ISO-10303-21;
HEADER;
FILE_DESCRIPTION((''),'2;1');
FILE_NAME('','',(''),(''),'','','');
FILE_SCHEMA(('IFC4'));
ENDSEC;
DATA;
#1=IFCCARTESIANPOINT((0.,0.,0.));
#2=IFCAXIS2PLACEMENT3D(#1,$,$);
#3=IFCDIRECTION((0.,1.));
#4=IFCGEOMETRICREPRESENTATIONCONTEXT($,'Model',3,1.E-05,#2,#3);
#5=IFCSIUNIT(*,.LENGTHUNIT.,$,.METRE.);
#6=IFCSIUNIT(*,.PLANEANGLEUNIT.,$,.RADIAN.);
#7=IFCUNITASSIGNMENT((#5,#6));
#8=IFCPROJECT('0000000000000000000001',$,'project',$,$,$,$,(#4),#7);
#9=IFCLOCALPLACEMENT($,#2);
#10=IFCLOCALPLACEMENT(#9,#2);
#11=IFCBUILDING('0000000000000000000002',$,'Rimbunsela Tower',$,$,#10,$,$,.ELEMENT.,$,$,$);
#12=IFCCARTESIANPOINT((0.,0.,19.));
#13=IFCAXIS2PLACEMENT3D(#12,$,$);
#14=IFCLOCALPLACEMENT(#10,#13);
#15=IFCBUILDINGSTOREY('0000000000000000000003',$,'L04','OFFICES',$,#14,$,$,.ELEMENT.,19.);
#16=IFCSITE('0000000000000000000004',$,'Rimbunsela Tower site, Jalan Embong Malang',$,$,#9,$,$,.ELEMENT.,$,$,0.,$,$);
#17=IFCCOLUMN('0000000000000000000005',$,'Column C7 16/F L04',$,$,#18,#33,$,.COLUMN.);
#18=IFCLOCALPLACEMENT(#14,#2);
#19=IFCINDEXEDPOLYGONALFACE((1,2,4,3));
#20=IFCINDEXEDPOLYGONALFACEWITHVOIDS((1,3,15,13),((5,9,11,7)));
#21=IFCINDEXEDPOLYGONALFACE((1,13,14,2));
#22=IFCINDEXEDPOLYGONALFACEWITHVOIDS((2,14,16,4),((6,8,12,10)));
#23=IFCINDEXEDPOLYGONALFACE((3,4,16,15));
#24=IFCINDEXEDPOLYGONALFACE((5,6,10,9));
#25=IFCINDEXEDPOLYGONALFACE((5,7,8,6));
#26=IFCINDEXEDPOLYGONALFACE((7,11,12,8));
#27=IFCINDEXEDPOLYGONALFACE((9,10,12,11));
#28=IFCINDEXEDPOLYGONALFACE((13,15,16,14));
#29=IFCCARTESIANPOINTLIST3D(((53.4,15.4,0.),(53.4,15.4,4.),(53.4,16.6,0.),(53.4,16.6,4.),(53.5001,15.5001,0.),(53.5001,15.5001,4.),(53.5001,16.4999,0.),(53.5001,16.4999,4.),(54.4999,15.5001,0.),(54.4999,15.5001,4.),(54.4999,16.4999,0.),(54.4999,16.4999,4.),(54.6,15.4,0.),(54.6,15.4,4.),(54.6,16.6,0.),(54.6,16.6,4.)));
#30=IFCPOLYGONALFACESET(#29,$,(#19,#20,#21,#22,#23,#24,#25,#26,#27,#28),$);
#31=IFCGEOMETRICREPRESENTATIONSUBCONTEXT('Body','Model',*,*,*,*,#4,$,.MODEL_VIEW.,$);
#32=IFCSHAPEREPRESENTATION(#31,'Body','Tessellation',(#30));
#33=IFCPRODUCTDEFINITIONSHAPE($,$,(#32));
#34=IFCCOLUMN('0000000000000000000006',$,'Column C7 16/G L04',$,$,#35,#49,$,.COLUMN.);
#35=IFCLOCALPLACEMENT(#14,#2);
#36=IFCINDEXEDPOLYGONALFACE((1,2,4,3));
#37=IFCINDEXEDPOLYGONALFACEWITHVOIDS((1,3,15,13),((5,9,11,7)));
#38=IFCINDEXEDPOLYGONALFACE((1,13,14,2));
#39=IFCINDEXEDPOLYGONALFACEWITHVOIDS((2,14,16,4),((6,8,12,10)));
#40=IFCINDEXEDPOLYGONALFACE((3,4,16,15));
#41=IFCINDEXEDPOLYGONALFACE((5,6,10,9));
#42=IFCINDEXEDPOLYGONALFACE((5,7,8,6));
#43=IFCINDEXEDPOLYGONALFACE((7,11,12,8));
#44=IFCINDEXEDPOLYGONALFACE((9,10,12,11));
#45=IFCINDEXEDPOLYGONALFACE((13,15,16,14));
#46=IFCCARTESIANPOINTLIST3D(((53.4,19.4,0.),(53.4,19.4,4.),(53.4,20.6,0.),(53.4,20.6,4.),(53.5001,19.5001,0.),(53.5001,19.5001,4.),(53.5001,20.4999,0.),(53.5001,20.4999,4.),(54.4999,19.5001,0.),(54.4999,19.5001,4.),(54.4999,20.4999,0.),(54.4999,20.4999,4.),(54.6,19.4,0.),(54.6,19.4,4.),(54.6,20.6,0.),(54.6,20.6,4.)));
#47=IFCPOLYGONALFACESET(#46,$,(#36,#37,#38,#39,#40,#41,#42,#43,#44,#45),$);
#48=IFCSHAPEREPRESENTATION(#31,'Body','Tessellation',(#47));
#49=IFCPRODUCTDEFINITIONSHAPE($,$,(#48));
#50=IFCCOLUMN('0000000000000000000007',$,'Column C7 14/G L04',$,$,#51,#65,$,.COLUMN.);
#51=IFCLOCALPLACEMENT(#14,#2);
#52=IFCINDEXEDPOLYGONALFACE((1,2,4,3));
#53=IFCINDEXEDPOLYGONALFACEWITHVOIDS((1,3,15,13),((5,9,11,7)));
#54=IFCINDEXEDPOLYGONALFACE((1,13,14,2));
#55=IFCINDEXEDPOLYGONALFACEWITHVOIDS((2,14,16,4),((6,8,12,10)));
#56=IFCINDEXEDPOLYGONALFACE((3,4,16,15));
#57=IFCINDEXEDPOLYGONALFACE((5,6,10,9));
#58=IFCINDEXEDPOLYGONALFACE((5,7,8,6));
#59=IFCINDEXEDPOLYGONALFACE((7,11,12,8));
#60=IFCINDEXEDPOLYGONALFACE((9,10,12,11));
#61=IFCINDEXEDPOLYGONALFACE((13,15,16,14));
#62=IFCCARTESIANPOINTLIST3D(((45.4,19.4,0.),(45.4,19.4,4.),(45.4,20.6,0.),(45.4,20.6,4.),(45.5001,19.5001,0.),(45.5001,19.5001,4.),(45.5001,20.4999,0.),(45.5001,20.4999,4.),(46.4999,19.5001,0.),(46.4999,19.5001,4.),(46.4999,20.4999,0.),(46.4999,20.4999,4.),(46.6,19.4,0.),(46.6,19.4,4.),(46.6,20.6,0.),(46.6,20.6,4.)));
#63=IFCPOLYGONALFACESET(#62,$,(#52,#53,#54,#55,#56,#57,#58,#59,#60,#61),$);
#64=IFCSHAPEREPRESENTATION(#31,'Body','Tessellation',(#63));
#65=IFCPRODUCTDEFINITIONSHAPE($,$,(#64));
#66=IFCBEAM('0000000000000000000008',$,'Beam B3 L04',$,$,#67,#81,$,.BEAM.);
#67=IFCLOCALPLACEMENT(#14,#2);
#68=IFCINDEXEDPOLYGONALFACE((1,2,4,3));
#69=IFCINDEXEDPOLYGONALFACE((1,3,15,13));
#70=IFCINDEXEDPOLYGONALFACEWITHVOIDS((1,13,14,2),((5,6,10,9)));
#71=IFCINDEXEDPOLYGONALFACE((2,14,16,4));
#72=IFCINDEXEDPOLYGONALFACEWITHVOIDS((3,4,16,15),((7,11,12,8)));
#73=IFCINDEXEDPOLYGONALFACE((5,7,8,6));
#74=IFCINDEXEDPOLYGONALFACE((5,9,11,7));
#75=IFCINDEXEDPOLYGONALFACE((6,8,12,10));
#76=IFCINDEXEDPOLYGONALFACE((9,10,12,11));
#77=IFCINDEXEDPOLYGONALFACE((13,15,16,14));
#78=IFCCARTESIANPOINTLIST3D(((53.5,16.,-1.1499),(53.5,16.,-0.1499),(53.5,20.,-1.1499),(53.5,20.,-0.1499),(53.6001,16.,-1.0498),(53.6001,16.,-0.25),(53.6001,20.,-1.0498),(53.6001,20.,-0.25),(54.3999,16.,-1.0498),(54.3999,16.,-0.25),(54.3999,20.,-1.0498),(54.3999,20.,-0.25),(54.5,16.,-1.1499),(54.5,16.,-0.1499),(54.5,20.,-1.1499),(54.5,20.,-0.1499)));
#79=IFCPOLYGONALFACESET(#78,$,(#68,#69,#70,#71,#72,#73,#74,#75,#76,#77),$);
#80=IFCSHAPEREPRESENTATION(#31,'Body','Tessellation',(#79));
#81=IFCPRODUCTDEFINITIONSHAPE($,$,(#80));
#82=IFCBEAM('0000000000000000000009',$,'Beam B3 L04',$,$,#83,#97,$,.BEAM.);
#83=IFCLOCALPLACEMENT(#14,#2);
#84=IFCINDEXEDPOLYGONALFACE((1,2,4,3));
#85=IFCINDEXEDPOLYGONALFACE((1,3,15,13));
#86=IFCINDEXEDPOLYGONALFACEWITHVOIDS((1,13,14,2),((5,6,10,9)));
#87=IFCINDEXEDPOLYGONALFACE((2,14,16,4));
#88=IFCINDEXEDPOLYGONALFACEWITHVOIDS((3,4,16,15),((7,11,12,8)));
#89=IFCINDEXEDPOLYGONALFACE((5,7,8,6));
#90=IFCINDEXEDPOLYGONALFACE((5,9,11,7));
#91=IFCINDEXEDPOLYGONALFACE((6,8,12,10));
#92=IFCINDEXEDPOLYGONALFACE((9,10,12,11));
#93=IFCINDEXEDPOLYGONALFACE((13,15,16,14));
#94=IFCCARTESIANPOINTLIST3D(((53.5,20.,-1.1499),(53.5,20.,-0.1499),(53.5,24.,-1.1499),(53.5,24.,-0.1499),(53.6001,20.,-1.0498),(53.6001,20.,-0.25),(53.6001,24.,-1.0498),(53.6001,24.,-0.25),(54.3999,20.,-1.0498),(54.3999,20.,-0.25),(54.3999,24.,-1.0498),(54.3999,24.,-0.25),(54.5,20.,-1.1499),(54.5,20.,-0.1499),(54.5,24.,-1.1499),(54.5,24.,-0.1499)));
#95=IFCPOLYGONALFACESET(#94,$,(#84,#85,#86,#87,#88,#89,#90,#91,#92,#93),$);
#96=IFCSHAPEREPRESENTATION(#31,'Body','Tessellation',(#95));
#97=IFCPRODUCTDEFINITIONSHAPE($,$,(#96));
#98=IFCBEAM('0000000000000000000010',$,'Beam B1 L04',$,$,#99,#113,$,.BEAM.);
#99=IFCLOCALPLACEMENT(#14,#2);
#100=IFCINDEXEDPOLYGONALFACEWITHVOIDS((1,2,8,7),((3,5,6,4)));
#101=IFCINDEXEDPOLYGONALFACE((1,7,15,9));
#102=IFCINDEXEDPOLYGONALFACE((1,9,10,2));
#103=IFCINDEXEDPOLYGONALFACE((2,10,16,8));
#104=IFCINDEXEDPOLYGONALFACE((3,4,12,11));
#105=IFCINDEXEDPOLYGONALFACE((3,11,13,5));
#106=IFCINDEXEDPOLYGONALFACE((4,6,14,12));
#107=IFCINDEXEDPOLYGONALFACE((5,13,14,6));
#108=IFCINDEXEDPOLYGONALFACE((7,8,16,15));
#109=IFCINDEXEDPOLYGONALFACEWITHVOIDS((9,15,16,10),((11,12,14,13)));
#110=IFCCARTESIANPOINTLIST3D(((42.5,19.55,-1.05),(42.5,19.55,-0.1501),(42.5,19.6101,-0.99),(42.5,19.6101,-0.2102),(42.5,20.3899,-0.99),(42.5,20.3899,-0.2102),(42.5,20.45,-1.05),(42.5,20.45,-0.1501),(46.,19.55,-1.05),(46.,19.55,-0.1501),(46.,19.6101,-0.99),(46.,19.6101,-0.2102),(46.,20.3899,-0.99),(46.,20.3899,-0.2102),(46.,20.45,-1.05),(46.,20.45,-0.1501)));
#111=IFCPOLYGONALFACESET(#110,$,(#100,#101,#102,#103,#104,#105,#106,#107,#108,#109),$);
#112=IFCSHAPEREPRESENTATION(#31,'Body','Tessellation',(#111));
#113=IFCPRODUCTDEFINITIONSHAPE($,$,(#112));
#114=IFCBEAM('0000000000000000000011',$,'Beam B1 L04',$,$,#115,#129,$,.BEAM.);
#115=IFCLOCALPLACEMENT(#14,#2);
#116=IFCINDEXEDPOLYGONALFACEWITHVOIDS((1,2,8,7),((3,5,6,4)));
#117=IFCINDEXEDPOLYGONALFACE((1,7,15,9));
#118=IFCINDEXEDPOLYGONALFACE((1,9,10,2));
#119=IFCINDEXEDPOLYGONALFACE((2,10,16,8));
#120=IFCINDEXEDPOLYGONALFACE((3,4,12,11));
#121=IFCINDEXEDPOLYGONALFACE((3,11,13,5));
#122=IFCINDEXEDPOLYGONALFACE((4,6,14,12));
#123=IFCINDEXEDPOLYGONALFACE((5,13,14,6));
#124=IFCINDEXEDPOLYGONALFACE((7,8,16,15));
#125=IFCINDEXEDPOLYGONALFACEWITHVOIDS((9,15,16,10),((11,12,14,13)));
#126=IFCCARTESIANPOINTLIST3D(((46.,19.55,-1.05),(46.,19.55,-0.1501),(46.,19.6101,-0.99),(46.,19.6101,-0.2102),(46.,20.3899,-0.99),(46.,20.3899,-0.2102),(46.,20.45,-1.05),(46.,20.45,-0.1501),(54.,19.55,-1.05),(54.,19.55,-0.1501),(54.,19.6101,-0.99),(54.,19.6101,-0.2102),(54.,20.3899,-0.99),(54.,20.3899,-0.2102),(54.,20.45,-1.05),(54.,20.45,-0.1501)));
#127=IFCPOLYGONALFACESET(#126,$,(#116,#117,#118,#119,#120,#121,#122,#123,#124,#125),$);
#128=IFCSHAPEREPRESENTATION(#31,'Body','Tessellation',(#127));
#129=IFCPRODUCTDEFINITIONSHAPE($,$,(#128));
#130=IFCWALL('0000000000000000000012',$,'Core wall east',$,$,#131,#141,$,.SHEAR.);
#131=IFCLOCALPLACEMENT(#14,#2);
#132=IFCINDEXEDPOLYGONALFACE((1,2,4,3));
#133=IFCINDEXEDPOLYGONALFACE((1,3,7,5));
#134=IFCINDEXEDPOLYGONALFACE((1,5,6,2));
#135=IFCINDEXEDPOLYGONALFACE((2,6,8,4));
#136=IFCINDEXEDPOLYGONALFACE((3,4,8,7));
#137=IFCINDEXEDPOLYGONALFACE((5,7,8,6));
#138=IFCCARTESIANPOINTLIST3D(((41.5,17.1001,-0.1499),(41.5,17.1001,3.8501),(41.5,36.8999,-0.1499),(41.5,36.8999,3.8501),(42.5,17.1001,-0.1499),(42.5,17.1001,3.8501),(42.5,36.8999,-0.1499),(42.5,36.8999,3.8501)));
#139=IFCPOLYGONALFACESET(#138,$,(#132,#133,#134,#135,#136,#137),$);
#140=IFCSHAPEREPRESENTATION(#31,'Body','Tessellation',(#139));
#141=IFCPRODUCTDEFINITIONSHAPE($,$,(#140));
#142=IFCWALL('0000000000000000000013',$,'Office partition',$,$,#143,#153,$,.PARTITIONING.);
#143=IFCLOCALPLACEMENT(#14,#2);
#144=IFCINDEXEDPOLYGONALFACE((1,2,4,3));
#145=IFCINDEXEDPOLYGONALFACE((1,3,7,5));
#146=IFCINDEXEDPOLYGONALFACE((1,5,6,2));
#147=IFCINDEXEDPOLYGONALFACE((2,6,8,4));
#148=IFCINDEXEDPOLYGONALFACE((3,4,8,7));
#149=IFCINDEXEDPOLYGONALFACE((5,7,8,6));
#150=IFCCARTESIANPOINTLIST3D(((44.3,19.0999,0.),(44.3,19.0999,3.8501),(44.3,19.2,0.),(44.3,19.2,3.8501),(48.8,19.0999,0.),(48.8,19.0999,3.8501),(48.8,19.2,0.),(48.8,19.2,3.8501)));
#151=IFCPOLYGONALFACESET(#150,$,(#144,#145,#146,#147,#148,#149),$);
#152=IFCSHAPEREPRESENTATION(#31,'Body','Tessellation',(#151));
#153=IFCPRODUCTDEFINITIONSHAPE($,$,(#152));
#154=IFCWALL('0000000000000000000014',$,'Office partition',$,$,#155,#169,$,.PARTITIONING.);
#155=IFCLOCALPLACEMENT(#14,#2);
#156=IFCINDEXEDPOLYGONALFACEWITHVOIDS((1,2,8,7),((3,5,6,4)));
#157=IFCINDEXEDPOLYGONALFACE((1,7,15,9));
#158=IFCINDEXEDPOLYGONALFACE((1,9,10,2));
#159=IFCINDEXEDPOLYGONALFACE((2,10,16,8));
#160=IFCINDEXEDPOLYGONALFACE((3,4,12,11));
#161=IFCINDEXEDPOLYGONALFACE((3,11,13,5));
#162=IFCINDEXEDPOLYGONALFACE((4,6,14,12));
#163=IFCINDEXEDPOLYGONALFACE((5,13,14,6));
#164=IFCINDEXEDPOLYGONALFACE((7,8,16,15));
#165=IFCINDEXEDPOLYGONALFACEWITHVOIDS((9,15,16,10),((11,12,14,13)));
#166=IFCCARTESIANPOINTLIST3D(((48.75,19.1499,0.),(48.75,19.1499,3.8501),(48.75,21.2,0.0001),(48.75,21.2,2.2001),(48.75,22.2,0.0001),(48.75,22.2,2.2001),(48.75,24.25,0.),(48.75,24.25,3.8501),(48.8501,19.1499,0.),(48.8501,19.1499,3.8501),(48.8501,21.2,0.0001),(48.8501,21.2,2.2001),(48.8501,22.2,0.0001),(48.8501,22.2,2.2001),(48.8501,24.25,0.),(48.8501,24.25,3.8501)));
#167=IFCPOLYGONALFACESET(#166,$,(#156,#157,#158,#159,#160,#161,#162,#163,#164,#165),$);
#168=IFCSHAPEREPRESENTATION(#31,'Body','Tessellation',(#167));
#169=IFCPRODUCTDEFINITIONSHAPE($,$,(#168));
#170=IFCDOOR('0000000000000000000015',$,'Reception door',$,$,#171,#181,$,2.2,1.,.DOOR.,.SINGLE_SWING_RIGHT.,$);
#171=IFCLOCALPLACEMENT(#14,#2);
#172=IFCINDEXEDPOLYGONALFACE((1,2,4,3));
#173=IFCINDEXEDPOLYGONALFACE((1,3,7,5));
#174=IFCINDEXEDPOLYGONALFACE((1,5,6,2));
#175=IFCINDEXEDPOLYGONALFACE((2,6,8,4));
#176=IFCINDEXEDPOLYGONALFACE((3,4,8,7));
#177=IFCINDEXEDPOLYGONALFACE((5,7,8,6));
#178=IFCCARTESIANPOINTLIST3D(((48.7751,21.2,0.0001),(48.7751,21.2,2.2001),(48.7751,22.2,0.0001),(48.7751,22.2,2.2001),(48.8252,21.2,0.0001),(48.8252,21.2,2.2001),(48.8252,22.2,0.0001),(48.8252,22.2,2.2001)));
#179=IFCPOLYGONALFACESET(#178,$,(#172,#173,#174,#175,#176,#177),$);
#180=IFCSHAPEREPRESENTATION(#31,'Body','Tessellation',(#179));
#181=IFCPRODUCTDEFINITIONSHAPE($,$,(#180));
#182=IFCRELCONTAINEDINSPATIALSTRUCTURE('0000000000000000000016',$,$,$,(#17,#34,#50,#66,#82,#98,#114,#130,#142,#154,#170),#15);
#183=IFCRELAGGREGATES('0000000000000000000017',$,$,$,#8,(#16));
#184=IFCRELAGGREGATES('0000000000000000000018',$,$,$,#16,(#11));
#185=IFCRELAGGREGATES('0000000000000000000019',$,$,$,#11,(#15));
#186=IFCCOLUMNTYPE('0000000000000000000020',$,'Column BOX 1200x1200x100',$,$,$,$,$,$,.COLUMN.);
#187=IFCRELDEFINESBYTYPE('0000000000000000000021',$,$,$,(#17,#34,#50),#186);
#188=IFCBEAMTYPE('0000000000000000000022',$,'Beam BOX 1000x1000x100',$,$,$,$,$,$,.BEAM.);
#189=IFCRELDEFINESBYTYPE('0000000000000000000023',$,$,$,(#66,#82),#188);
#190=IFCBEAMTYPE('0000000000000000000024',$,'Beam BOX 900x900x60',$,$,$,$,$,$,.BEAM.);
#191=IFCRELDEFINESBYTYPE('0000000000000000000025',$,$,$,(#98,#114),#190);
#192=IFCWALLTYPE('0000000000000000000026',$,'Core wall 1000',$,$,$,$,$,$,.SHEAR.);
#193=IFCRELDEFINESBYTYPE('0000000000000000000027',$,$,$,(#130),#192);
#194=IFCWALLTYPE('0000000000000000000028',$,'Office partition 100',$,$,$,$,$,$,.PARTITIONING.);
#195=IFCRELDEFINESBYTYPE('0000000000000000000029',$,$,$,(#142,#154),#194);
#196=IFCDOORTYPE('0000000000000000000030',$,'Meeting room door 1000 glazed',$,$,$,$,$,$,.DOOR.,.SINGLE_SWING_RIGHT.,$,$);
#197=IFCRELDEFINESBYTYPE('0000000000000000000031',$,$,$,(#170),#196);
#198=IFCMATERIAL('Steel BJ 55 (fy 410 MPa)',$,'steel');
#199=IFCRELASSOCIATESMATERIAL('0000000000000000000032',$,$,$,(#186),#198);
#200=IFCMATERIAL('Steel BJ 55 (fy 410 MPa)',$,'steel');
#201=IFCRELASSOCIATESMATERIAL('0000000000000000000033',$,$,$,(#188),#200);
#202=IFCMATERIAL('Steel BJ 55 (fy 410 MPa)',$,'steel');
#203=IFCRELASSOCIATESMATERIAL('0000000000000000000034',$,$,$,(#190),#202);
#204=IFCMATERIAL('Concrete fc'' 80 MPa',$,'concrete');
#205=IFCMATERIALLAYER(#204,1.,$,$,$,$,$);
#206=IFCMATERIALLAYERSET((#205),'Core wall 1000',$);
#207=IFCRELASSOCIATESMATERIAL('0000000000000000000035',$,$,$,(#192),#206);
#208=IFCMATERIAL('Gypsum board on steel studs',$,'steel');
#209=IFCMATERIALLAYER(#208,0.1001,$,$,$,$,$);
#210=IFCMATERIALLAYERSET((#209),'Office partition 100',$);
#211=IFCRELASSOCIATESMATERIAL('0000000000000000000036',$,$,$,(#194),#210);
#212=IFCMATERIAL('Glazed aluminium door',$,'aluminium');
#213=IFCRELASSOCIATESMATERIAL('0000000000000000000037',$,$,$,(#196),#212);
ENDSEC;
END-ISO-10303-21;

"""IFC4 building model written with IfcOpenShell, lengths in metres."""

from ifc_helpers import new_model, si_unit, direction, frame, frame_2d, origin, origin_2d, place, context, subcontext, project, spatial, rectangle, hollow_rectangle, extrude, material, layer, layer_set, material_profile, profile_set, type_object, element, fill, save


model = new_model("IFC4")

# Units and contexts
model_context = context("Model", 3, precision=1e-05, world=origin(), true_north=direction((0.0, 1.0)))
body_context = subcontext(model_context, "Body", "Model", "MODEL_VIEW")
ifc_project = project(units=[si_unit("LENGTHUNIT", "METRE"), si_unit("PLANEANGLEUNIT", "RADIAN")], contexts=[model_context])

# Site, building, storey
site_placement = place(None, origin())
site = spatial("IfcSite", under=ifc_project, at=site_placement, Name="Rimbunsela Tower site, Jalan Embong Malang", CompositionType="ELEMENT", RefElevation=0.0)
building_placement = place(site_placement, origin())
building = spatial("IfcBuilding", under=site, at=building_placement, Name="Rimbunsela Tower", CompositionType="ELEMENT")
storey_placement = place(building_placement, frame((0.0, 0.0, 19.0)))
storey = spatial("IfcBuildingStorey", under=building, at=storey_placement, Name="L04", Description="OFFICES", CompositionType="ELEMENT", Elevation=19.0)

# Columns
ifc_material_1 = material(Name="Steel BJ 55 (fy 410 MPa)", Category="steel")
ifc_material_profile_1 = material_profile(ifc_material_1, hollow_rectangle(XDim=1.2, YDim=1.2, WallThickness=0.1001, at=origin_2d()), Name="BOX 1200x1200x100")
ifc_profile_set_1 = profile_set([ifc_material_profile_1], Name="Steel BJ 55 (fy 410 MPa)")
column_type = type_object("IfcColumnType", Name="Column BOX 1200x1200x100", PredefinedType="COLUMN", material=ifc_profile_set_1)
for number, where, z_axis, x_axis, name in (
    (1, (54.0, 16.0, 0.0), (0.0, 0.0, 1.0), (1.0, 0.0, 0.0), "Column C7 16/F L04"),
    (2, (54.0, 20.0, 0.0), (0.0, 0.0, 1.0), (1.0, 0.0, 0.0), "Column C7 16/G L04"),
    (3, (46.0, 20.0, 0.0), (0.0, 0.0, 1.0), (1.0, 0.0, 0.0), "Column C7 14/G L04"),
):
    element("IfcColumn", number, at=place(storey_placement, frame(where, z_axis=z_axis, x_axis=x_axis)), inside=storey, type_object=column_type, Name=name, PredefinedType="COLUMN", context=body_context, shape_type="SweptSolid", body=[
        extrude(hollow_rectangle(XDim=1.2, YDim=1.2, WallThickness=0.1001, at=origin_2d()), origin(), (0.0, 0.0, 1.0), 4.0),
    ])

# Beams
ifc_material_2 = material(Name="Steel BJ 55 (fy 410 MPa)", Category="steel")
ifc_material_profile_2 = material_profile(ifc_material_2, hollow_rectangle(XDim=1.0, YDim=1.0, WallThickness=0.1001, at=origin_2d()), Name="BOX 1000x1000x100")
ifc_profile_set_2 = profile_set([ifc_material_profile_2], Name="Steel BJ 55 (fy 410 MPa)")
beam_type_1 = type_object("IfcBeamType", Name="Beam BOX 1000x1000x100", PredefinedType="BEAM", material=ifc_profile_set_2)
for number, where, z_axis, x_axis, name in (
    (4, (54.0, 16.0, -0.6499), (0.0, 1.0, 0.0), (-1.0, 0.0, 0.0), "Beam B3 L04"),
    (5, (54.0, 20.0, -0.6499), (0.0, 1.0, 0.0), (-1.0, 0.0, 0.0), "Beam B3 L04"),
):
    element("IfcBeam", number, at=place(storey_placement, frame(where, z_axis=z_axis, x_axis=x_axis)), inside=storey, type_object=beam_type_1, Name=name, PredefinedType="BEAM", context=body_context, shape_type="SweptSolid", body=[
        extrude(hollow_rectangle(XDim=1.0, YDim=1.0, WallThickness=0.1001, at=origin_2d()), origin(), (0.0, 0.0, 1.0), 4.0),
    ])
ifc_material_3 = material(Name="Steel BJ 55 (fy 410 MPa)", Category="steel")
ifc_material_profile_3 = material_profile(ifc_material_3, hollow_rectangle(XDim=0.8999, YDim=0.8999, WallThickness=0.0601, at=origin_2d()), Name="BOX 900x900x60")
ifc_profile_set_3 = profile_set([ifc_material_profile_3], Name="Steel BJ 55 (fy 410 MPa)")
beam_type_2 = type_object("IfcBeamType", Name="Beam BOX 900x900x60", PredefinedType="BEAM", material=ifc_profile_set_3)
beam_1_placement = place(storey_placement, frame((42.5, 20.0, -0.6001), z_axis=(1.0, 0.0, 0.0), x_axis=(0.0, 1.0, 0.0)))
element("IfcBeam", 6, at=beam_1_placement, inside=storey, type_object=beam_type_2, Name="Beam B1 L04", PredefinedType="BEAM", context=body_context, shape_type="SweptSolid", body=[
    extrude(hollow_rectangle(XDim=0.8999, YDim=0.8999, WallThickness=0.0601, at=origin_2d()), origin(), (0.0, 0.0, 1.0), 3.5),
])
beam_2_placement = place(storey_placement, frame((46.0, 20.0, -0.6001), z_axis=(1.0, 0.0, 0.0), x_axis=(0.0, 1.0, 0.0)))
element("IfcBeam", 7, at=beam_2_placement, inside=storey, type_object=beam_type_2, Name="Beam B1 L04", PredefinedType="BEAM", context=body_context, shape_type="SweptSolid", body=[
    extrude(hollow_rectangle(XDim=0.8999, YDim=0.8999, WallThickness=0.0601, at=origin_2d()), origin(), (0.0, 0.0, 1.0), 8.0),
])

# Walls
ifc_material_4 = material(Name="Concrete fc' 80 MPa", Category="concrete")
ifc_layer_1 = layer(ifc_material_4, 1.0)
ifc_layer_set_1 = layer_set([ifc_layer_1], Name="Core wall 1000")
wall_type_1 = type_object("IfcWallType", Name="Core wall 1000", PredefinedType="SHEAR", material=ifc_layer_set_1)
wall_1_placement = place(storey_placement, frame((42.0, 17.1001, -0.1499), z_axis=(0.0, 0.0, 1.0), x_axis=(0.0, 1.0, 0.0)))
element("IfcWall", 8, at=wall_1_placement, inside=storey, type_object=wall_type_1, Name="Core wall east", PredefinedType="SHEAR", context=body_context, shape_type="SweptSolid", body=[
    extrude(rectangle(XDim=19.7998, YDim=1.0, at=frame_2d((9.8999, 0.0))), origin(), (0.0, 0.0, 1.0), 4.0),
])
ifc_material_5 = material(Name="Gypsum board on steel studs", Category="steel")
ifc_layer_2 = layer(ifc_material_5, 0.1001)
ifc_layer_set_2 = layer_set([ifc_layer_2], Name="Office partition 100")
wall_type_2 = type_object("IfcWallType", Name="Office partition 100", PredefinedType="PARTITIONING", material=ifc_layer_set_2)
wall_2_placement = place(storey_placement, frame((44.3, 19.1499, 0.0), z_axis=(0.0, 0.0, 1.0), x_axis=(1.0, 0.0, 0.0)))
element("IfcWall", 9, at=wall_2_placement, inside=storey, type_object=wall_type_2, Name="Office partition", PredefinedType="PARTITIONING", context=body_context, shape_type="SweptSolid", body=[
    extrude(rectangle(XDim=4.5, YDim=0.1001, at=frame_2d((2.25, 0.0))), origin(), (0.0, 0.0, 1.0), 3.8501),
])

# Wall, opening, door
wall_3_placement = place(storey_placement, frame((48.8, 19.1499, 0.0), z_axis=(0.0, 0.0, 1.0), x_axis=(0.0, 1.0, 0.0)))
wall_3 = element("IfcWall", 10, at=wall_3_placement, inside=storey, type_object=wall_type_2, Name="Office partition", PredefinedType="PARTITIONING", context=body_context, shape_type="SweptSolid", body=[
    extrude(rectangle(XDim=5.1001, YDim=0.1001, at=frame_2d((2.55, 0.0))), origin(), (0.0, 0.0, 1.0), 3.8501),
])
opening_1_placement = place(wall_3_placement, frame((2.05, 0.0, 0.0)))
opening_1 = element("IfcOpeningElement", 11, at=opening_1_placement, cuts=wall_3, PredefinedType="OPENING", context=body_context, shape_type="SweptSolid", body=[
    extrude(rectangle(XDim=1.0, YDim=2.2, at=frame_2d((0.5, 1.1001))), frame((0.0, 0.0601, 0.0), z_axis=(0.0, -1.0, 0.0), x_axis=(1.0, 0.0, 0.0)), (0.0, 0.0, 1.0), 0.1201),
])
ifc_material_6 = material(Name="Glazed aluminium door", Category="aluminium")
door_type_1 = type_object("IfcDoorType", Name="Meeting room door 1000 glazed", OperationType="SINGLE_SWING_RIGHT", PredefinedType="DOOR", material=ifc_material_6)
door_1_placement = place(opening_1_placement, origin())
door_1 = element("IfcDoor", 12, at=door_1_placement, inside=storey, type_object=door_type_1, Name="Reception door", OperationType="SINGLE_SWING_RIGHT", OverallHeight=2.2, OverallWidth=1.0, PredefinedType="DOOR", context=body_context, shape_type="SweptSolid", body=[
    extrude(rectangle(XDim=1.0, YDim=2.2, at=frame_2d((0.5, 1.1001))), frame((0.0, 0.0249, 0.0), z_axis=(0.0, -1.0, 0.0), x_axis=(1.0, 0.0, 0.0)), (0.0, 0.0, 1.0), 0.05),
])
fill(opening_1, door_1)

save(model, "model.ifc")
